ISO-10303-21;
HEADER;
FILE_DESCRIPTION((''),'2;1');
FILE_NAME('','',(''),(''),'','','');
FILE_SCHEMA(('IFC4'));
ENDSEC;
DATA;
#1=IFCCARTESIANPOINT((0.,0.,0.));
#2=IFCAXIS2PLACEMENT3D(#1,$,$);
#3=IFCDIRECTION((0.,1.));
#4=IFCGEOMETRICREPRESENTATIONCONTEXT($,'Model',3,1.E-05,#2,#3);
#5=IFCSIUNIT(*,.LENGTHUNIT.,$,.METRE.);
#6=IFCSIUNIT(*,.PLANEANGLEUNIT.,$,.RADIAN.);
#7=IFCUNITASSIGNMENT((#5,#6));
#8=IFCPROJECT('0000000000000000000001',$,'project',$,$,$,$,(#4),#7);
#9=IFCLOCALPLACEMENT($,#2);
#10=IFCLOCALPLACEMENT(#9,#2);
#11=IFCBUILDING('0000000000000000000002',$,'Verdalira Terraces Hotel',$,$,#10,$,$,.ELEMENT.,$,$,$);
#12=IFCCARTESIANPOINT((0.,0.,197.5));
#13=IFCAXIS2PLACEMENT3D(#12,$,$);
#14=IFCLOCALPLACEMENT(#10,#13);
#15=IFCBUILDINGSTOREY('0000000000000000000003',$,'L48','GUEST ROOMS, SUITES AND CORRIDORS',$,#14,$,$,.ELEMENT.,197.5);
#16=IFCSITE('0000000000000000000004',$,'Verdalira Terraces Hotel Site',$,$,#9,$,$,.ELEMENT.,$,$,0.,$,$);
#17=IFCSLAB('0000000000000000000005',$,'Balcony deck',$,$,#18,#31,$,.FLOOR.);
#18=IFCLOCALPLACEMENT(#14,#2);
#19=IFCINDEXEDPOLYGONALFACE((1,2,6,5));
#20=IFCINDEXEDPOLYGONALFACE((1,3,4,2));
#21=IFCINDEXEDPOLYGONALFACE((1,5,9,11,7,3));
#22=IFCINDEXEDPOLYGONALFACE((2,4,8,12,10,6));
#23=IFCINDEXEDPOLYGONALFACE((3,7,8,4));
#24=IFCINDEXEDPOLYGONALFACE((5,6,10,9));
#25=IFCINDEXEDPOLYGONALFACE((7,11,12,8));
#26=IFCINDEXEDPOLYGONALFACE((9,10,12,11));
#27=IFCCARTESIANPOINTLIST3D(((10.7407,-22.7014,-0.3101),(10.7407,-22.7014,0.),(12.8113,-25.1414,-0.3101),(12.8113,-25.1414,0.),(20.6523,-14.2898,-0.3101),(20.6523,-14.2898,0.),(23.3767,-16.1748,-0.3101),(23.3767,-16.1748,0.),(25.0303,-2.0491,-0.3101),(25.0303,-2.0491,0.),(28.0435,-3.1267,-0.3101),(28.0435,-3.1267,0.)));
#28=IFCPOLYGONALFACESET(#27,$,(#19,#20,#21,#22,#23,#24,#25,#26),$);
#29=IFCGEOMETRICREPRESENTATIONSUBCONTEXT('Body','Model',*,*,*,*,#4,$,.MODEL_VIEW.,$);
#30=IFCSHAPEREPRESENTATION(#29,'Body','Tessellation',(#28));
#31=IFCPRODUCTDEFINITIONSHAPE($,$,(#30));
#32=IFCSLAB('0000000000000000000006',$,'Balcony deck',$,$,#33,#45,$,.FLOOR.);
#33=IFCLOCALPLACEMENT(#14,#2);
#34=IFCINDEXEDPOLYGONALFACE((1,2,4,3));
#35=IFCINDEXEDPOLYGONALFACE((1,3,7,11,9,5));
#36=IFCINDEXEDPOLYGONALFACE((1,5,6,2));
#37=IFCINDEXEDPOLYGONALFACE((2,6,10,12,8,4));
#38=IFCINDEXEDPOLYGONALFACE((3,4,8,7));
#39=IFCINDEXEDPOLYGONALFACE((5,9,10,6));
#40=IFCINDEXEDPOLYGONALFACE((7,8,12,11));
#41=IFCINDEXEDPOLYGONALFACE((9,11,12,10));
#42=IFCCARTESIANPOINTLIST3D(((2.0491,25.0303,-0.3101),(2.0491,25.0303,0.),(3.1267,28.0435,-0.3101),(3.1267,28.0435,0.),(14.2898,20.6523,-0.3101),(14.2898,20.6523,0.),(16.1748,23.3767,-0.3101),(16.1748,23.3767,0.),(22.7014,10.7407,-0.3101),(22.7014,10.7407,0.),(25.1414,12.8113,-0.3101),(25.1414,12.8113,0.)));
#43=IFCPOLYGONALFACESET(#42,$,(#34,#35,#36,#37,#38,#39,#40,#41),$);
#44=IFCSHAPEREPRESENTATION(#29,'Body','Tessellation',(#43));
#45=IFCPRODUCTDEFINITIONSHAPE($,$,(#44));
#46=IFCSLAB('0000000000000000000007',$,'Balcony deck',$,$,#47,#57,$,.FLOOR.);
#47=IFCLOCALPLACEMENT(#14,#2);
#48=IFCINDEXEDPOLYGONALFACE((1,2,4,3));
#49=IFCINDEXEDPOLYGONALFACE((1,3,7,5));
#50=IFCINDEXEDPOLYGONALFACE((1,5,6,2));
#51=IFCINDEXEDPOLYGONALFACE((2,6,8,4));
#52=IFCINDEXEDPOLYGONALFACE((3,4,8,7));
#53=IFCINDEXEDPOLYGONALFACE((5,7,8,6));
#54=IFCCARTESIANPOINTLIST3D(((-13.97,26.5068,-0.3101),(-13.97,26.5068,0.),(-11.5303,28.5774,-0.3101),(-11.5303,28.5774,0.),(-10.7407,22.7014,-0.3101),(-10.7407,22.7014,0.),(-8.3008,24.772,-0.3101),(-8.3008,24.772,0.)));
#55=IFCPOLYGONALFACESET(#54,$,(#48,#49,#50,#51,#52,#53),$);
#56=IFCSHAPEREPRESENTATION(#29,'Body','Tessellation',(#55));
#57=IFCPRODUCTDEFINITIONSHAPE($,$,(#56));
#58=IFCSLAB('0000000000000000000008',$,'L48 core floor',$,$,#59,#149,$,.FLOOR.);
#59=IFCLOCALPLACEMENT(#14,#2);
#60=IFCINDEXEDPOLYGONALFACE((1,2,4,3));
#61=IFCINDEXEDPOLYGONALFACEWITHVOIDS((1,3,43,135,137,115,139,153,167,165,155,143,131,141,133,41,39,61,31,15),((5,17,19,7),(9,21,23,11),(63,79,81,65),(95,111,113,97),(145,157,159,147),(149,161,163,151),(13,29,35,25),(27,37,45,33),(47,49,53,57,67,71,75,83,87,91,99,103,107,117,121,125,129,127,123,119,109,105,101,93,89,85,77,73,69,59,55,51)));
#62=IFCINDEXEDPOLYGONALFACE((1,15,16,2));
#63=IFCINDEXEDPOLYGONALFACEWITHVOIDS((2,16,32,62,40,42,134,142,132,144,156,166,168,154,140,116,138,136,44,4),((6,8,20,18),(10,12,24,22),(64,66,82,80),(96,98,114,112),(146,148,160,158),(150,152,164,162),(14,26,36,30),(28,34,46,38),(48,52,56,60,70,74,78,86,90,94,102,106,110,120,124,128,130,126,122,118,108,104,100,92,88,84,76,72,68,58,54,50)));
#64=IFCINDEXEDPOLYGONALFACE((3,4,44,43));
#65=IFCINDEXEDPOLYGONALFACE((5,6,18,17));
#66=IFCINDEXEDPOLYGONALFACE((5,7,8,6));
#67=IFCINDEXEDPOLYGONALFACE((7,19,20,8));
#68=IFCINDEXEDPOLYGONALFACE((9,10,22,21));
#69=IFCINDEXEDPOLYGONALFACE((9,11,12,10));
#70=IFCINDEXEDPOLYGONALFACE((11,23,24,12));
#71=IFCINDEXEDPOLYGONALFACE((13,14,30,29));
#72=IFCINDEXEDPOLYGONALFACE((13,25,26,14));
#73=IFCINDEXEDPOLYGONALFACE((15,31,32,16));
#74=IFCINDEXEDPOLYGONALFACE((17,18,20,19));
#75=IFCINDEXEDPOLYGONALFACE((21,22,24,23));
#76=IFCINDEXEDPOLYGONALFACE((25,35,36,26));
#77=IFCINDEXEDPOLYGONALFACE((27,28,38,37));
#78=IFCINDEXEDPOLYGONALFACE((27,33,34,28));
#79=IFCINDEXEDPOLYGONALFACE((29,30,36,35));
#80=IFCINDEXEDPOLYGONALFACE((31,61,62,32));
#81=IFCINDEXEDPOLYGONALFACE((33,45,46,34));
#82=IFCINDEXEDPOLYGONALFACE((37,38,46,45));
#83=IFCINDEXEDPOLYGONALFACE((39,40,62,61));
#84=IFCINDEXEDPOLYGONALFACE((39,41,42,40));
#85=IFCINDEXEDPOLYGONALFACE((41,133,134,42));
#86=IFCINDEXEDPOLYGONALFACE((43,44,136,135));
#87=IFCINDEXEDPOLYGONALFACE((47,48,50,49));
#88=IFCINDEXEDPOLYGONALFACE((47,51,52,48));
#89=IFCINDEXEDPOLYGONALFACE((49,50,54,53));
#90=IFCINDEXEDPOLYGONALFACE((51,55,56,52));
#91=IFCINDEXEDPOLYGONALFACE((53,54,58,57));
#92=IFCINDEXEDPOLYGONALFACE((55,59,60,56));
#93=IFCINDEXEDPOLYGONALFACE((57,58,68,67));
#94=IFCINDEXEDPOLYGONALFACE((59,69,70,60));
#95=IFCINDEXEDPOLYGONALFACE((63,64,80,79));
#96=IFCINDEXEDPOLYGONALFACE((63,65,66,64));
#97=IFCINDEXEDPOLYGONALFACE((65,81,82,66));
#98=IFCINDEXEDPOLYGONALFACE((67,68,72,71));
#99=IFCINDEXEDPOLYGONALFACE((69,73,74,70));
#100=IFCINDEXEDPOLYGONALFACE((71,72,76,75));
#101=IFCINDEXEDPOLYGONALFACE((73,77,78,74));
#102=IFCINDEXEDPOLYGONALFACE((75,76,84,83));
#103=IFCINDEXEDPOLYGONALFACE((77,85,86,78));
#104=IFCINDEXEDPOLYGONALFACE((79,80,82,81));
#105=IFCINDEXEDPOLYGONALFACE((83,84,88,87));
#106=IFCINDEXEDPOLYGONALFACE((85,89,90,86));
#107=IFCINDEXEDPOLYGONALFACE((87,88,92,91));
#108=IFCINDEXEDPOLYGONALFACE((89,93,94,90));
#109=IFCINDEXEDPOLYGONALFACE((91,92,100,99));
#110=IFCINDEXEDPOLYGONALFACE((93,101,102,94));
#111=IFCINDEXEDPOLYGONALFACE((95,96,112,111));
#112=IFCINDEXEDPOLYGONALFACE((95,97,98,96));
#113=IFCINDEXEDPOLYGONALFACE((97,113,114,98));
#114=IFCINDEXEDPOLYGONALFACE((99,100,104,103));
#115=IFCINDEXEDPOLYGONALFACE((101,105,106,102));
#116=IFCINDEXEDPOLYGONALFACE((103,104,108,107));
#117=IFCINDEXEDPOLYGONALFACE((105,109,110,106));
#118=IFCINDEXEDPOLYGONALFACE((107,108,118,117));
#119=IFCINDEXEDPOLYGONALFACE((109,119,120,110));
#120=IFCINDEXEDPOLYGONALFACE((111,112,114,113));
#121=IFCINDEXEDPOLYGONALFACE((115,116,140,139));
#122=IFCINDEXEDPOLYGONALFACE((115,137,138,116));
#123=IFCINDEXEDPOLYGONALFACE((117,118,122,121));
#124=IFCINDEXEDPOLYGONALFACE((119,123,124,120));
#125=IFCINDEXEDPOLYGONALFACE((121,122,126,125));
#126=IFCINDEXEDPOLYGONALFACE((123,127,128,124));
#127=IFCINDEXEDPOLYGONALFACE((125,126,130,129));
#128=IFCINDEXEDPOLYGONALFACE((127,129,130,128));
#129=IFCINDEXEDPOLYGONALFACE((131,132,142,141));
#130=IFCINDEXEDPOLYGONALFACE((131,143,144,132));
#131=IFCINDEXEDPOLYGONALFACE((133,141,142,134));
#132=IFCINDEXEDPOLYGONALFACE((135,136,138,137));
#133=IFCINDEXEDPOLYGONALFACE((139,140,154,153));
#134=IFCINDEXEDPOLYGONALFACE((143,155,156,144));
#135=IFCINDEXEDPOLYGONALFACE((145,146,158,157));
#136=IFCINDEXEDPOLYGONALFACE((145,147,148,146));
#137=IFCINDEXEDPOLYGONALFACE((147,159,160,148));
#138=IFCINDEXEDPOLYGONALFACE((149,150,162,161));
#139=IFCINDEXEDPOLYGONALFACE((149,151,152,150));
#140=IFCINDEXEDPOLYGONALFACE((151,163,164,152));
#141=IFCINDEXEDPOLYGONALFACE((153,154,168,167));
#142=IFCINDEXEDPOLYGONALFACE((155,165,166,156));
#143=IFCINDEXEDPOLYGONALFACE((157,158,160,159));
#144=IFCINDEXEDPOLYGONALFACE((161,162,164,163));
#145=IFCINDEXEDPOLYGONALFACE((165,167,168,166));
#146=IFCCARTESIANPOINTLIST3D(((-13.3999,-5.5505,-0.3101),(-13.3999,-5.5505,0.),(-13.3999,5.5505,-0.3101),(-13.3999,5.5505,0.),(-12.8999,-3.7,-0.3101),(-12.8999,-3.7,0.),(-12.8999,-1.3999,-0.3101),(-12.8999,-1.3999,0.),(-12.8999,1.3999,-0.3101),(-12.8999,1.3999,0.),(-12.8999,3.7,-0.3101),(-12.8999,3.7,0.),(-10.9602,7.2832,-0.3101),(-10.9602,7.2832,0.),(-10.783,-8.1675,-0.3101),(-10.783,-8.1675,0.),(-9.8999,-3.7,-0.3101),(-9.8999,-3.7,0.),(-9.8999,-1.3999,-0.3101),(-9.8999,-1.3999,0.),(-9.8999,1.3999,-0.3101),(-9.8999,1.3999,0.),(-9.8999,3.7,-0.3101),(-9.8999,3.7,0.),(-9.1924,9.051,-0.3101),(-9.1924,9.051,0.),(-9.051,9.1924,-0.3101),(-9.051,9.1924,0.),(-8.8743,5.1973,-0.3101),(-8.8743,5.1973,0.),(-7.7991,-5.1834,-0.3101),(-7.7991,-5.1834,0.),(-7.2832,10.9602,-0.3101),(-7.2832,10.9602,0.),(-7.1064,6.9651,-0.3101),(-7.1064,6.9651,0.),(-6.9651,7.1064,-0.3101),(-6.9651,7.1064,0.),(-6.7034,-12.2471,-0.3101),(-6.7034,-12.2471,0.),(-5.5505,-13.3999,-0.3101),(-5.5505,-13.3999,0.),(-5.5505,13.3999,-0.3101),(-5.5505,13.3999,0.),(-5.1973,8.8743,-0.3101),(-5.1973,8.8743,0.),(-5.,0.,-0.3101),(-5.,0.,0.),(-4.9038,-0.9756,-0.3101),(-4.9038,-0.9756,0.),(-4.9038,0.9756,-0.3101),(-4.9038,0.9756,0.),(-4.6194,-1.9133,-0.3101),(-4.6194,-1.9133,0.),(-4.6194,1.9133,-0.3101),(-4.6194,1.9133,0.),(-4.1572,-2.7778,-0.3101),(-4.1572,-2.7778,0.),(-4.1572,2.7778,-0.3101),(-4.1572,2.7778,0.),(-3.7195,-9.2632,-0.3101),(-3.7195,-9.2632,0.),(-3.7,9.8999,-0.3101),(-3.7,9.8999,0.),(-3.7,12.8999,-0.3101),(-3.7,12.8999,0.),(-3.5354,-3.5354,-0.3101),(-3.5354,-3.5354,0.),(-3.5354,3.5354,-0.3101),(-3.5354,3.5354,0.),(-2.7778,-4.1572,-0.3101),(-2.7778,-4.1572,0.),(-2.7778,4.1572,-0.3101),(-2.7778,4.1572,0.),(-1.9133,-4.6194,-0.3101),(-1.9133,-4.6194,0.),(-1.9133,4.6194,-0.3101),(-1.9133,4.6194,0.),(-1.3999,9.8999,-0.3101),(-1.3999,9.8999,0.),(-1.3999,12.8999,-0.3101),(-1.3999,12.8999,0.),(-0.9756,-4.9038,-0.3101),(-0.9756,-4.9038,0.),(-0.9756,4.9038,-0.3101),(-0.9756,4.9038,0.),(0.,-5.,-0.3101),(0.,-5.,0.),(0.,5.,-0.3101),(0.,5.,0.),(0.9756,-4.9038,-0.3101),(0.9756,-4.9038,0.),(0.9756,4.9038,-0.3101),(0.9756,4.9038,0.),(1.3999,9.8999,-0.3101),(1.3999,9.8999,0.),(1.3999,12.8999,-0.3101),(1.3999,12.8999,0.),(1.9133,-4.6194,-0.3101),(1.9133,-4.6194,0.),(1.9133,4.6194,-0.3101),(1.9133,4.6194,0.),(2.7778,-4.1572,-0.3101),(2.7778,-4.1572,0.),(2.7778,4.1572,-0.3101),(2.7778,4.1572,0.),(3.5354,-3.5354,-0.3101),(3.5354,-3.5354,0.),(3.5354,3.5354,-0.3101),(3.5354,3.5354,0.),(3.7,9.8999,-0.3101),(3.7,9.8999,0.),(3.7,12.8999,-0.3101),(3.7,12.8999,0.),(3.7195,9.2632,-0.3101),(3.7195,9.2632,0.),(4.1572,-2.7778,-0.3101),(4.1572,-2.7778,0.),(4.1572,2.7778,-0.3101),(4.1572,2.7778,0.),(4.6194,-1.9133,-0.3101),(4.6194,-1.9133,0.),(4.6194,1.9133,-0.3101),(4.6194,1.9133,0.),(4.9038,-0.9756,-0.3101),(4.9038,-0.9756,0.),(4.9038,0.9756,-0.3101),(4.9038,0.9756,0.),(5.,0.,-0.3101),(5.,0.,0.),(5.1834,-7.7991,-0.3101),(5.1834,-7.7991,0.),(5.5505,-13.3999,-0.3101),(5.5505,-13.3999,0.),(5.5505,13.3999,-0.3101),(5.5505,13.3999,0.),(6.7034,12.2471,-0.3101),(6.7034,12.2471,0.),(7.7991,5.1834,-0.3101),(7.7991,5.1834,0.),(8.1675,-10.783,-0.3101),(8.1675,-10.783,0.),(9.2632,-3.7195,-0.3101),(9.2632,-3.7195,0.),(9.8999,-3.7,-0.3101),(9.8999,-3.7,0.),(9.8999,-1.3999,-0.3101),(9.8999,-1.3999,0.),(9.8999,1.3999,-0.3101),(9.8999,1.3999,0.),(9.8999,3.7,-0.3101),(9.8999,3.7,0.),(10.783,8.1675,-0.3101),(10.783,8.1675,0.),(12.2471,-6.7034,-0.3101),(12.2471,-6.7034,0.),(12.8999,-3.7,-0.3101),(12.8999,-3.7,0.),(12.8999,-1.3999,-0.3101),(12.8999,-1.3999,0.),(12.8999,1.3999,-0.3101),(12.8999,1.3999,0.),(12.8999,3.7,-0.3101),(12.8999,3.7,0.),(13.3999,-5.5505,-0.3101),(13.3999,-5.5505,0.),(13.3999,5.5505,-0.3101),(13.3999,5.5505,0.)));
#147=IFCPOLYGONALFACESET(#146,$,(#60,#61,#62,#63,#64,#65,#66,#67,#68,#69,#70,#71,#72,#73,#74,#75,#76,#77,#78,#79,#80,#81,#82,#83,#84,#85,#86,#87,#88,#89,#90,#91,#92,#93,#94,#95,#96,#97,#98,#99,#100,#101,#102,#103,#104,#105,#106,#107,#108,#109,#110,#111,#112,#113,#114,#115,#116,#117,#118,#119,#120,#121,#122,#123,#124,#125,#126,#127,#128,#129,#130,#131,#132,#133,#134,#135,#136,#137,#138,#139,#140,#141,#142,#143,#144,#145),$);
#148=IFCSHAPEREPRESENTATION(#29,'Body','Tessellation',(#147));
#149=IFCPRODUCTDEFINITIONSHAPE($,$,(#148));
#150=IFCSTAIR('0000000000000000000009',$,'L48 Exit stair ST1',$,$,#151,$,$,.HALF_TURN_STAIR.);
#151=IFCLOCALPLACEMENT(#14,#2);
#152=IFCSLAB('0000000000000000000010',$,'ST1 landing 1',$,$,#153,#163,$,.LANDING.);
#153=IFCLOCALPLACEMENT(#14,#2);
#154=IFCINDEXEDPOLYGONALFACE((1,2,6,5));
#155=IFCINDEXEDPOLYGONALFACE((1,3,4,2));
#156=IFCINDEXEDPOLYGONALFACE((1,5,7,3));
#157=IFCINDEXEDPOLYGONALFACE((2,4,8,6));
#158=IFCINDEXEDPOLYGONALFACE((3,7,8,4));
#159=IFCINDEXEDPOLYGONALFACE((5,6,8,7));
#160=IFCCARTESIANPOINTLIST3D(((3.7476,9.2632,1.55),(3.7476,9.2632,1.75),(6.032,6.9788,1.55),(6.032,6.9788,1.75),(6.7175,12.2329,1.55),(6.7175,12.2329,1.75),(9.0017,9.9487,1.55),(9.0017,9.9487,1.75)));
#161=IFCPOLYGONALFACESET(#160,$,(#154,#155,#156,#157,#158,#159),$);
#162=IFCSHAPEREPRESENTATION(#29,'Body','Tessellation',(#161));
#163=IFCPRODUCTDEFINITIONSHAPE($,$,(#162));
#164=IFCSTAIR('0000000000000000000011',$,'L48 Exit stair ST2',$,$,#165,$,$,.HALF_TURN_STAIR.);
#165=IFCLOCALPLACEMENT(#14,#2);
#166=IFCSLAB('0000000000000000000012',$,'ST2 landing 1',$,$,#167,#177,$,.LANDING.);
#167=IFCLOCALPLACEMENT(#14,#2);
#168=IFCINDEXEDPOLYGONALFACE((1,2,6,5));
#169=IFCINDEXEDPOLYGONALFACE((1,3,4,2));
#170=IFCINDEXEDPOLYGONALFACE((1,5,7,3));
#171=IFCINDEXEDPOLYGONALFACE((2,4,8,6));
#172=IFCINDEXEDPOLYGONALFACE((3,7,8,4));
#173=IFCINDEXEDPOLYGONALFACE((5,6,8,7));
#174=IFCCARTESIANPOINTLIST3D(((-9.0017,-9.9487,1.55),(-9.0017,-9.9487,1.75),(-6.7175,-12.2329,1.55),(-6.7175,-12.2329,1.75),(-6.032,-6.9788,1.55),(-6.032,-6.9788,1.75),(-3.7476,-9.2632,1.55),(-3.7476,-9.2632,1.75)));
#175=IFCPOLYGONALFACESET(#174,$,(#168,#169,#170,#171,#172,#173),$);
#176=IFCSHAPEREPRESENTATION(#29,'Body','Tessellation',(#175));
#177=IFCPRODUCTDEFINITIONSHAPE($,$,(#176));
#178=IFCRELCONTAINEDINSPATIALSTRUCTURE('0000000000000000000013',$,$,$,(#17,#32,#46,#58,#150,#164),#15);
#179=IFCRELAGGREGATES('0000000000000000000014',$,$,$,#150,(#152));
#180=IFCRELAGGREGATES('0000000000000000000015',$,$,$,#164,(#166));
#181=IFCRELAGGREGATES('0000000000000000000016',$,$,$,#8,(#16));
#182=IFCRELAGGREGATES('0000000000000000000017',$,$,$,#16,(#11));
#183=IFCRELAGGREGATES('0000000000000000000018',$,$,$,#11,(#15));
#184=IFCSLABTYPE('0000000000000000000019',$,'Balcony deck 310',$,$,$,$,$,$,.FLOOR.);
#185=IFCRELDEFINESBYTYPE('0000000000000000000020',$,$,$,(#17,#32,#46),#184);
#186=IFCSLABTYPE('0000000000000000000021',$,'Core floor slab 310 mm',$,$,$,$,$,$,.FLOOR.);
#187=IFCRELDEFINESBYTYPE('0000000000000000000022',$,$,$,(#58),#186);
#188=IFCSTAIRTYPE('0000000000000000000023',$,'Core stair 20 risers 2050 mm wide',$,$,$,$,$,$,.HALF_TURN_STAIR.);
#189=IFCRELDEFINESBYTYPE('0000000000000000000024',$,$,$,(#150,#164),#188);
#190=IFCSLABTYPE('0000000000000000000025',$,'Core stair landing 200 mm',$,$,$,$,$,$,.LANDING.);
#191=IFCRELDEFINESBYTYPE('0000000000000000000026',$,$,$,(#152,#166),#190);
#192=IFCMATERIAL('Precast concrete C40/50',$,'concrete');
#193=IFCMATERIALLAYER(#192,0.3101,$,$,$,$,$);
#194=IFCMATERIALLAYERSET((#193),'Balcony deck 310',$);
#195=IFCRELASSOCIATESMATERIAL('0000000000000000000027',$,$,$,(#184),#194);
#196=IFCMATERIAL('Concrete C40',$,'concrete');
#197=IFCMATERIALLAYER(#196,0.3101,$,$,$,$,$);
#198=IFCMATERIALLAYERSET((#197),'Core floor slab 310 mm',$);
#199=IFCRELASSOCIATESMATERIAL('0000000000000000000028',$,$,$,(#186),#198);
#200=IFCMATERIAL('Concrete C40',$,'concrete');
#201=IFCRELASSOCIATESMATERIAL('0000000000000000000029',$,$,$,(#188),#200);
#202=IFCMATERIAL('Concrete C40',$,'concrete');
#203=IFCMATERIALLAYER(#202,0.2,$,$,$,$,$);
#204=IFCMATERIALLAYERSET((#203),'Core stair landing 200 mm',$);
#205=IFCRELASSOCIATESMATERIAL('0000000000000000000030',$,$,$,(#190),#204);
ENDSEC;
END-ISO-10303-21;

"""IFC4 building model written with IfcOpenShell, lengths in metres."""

from ifc_helpers import new_model, si_unit, direction, frame, origin, place, context, subcontext, project, spatial, polyline, outline, extrude, material, layer, layer_set, type_object, element, aggregate, save


model = new_model("IFC4")

# Units and contexts
model_context = context("Model", 3, precision=1e-05, world=origin(), true_north=direction((0.0, 1.0)))
body_context = subcontext(model_context, "Body", "Model", "MODEL_VIEW")
ifc_project = project(units=[si_unit("LENGTHUNIT", "METRE"), si_unit("PLANEANGLEUNIT", "RADIAN")], contexts=[model_context])

# Site, building, storey
site_placement = place(None, origin())
site = spatial("IfcSite", under=ifc_project, at=site_placement, Name="Verdalira Terraces Hotel Site", CompositionType="ELEMENT", RefElevation=0.0)
building_placement = place(site_placement, origin())
building = spatial("IfcBuilding", under=site, at=building_placement, Name="Verdalira Terraces Hotel", CompositionType="ELEMENT")
storey_placement = place(building_placement, frame((0.0, 0.0, 197.5)))
storey = spatial("IfcBuildingStorey", under=building, at=storey_placement, Name="L48", Description="GUEST ROOMS, SUITES AND CORRIDORS", CompositionType="ELEMENT", Elevation=197.5)

# Slabs
ifc_material_1 = material(Name="Precast concrete C40/50", Category="concrete")
ifc_layer_1 = layer(ifc_material_1, 0.3101)
ifc_layer_set_1 = layer_set([ifc_layer_1], Name="Balcony deck 310")
slab_type_1 = type_object("IfcSlabType", Name="Balcony deck 310", PredefinedType="FLOOR", material=ifc_layer_set_1)
slab_1_placement = place(storey_placement, frame((0.0, 0.0, -0.3101)))
element("IfcSlab", 1, at=slab_1_placement, inside=storey, type_object=slab_type_1, Name="Balcony deck", PredefinedType="FLOOR", context=body_context, shape_type="SweptSolid", body=[
    extrude(outline(polyline([(28.0435, -3.1267), (25.0303, -2.0491), (20.6523, -14.2898), (10.7407, -22.7014), (12.8113, -25.1414), (23.3767, -16.1748), (28.0435, -3.1267)])), origin(), (0.0, 0.0, 1.0), 0.3101),
])
slab_2_placement = place(storey_placement, frame((0.0, 0.0, -0.3101)))
element("IfcSlab", 2, at=slab_2_placement, inside=storey, type_object=slab_type_1, Name="Balcony deck", PredefinedType="FLOOR", context=body_context, shape_type="SweptSolid", body=[
    extrude(outline(polyline([(3.1267, 28.0435), (2.0491, 25.0303), (14.2898, 20.6523), (22.7014, 10.7407), (25.1414, 12.8113), (16.1748, 23.3767), (3.1267, 28.0435)])), origin(), (0.0, 0.0, 1.0), 0.3101),
])
slab_3_placement = place(storey_placement, frame((0.0, 0.0, -0.3101)))
element("IfcSlab", 3, at=slab_3_placement, inside=storey, type_object=slab_type_1, Name="Balcony deck", PredefinedType="FLOOR", context=body_context, shape_type="SweptSolid", body=[
    extrude(outline(polyline([(-11.5303, 28.5774), (-13.97, 26.5068), (-10.7407, 22.7014), (-8.3008, 24.772), (-11.5303, 28.5774)])), origin(), (0.0, 0.0, 1.0), 0.3101),
])
ifc_material_2 = material(Name="Concrete C40", Category="concrete")
ifc_layer_2 = layer(ifc_material_2, 0.3101)
ifc_layer_set_2 = layer_set([ifc_layer_2], Name="Core floor slab 310 mm")
slab_type_2 = type_object("IfcSlabType", Name="Core floor slab 310 mm", PredefinedType="FLOOR", material=ifc_layer_set_2)
slab_4_placement = place(storey_placement, frame((0.0, 0.0, -0.3101)))
element("IfcSlab", 4, at=slab_4_placement, inside=storey, type_object=slab_type_2, Name="L48 core floor", PredefinedType="FLOOR", context=body_context, shape_type="SweptSolid", body=[
    extrude(outline(polyline([(-6.7034, -12.2471), (-3.7195, -9.2632), (-7.7991, -5.1833), (-10.783, -8.1675), (-13.3999, -5.5505), (-13.3999, 5.5505), (-5.5505, 13.3999), (5.5505, 13.3999), (6.7034, 12.2471), (3.7195, 9.2632), (7.7991, 5.1833), (10.783, 8.1675), (13.3999, 5.5505), (13.3999, -5.5505), (12.2471, -6.7034), (9.2632, -3.7195), (5.1833, -7.7991), (8.1675, -10.783), (5.5505, -13.3999), (-5.5505, -13.3999), (-6.7034, -12.2471)]), holes=[polyline([(9.8999, -1.3999), (9.8999, -3.7), (12.8999, -3.7), (12.8999, -1.3999), (9.8999, -1.3999)]), polyline([(9.8999, 3.7), (9.8999, 1.3999), (12.8999, 1.3999), (12.8999, 3.7), (9.8999, 3.7)]), polyline([(3.7, 12.8999), (1.3999, 12.8999), (1.3999, 9.8999), (3.7, 9.8999), (3.7, 12.8999)]), polyline([(-1.3999, 12.8999), (-3.7, 12.8999), (-3.7, 9.8999), (-1.3999, 9.8999), (-1.3999, 12.8999)]), polyline([(-9.8999, 1.3999), (-9.8999, 3.7), (-12.8999, 3.7), (-12.8999, 1.3999), (-9.8999, 1.3999)]), polyline([(-9.8999, -3.7), (-9.8999, -1.3999), (-12.8999, -1.3999), (-12.8999, -3.7), (-9.8999, -3.7)]), polyline([(-9.051, 9.1924), (-6.9651, 7.1064), (-5.1973, 8.8743), (-7.2832, 10.9602), (-9.051, 9.1924)]), polyline([(-9.1924, 9.051), (-10.9602, 7.2832), (-8.8743, 5.1973), (-7.1064, 6.9651), (-9.1924, 9.051)]), polyline([(3.5354, 3.5354), (2.7778, 4.1572), (1.9133, 4.6194), (0.9756, 4.9038), (0.0, 5.0), (-0.9756, 4.9038), (-1.9133, 4.6194), (-2.7778, 4.1572), (-3.5354, 3.5354), (-4.1572, 2.7778), (-4.6194, 1.9133), (-4.9038, 0.9756), (-5.0, 0.0), (-4.9038, -0.9756), (-4.6194, -1.9133), (-4.1572, -2.7778), (-3.5354, -3.5354), (-2.7778, -4.1572), (-1.9133, -4.6194), (-0.9756, -4.9038), (0.0, -5.0), (0.9756, -4.9038), (1.9133, -4.6194), (2.7778, -4.1572), (3.5354, -3.5354), (4.1572, -2.7778), (4.6194, -1.9133), (4.9038, -0.9756), (5.0, 0.0), (4.9038, 0.9756), (4.6194, 1.9133), (4.1572, 2.7778), (3.5354, 3.5354)])]), origin(), (0.0, 0.0, 1.0), 0.3101),
])

# Stairs, slabs
ifc_material_3 = material(Name="Concrete C40", Category="concrete")
stair_type = type_object("IfcStairType", Name="Core stair 20 risers 2050 mm wide", PredefinedType="HALF_TURN_STAIR", material=ifc_material_3)
stair_1_placement = place(storey_placement, origin())
stair_1 = element("IfcStair", 5, at=stair_1_placement, inside=storey, type_object=stair_type, Name="L48 Exit stair ST1", PredefinedType="HALF_TURN_STAIR")
ifc_material_4 = material(Name="Concrete C40", Category="concrete")
ifc_layer_3 = layer(ifc_material_4, 0.2)
ifc_layer_set_3 = layer_set([ifc_layer_3], Name="Core stair landing 200 mm")
slab_type_3 = type_object("IfcSlabType", Name="Core stair landing 200 mm", PredefinedType="LANDING", material=ifc_layer_set_3)
slab_5_placement = place(storey_placement, frame((0.0, 0.0, 1.55)))
slab_5 = element("IfcSlab", 6, at=slab_5_placement, type_object=slab_type_3, Name="ST1 landing 1", PredefinedType="LANDING", context=body_context, shape_type="SweptSolid", body=[
    extrude(outline(polyline([(9.0017, 9.9487), (6.7175, 12.2329), (3.7476, 9.2632), (6.032, 6.9788), (9.0017, 9.9487)])), origin(), (0.0, 0.0, 1.0), 0.2),
])
aggregate(stair_1, [slab_5])
stair_2_placement = place(storey_placement, origin())
stair_2 = element("IfcStair", 7, at=stair_2_placement, inside=storey, type_object=stair_type, Name="L48 Exit stair ST2", PredefinedType="HALF_TURN_STAIR")
slab_6_placement = place(storey_placement, frame((0.0, 0.0, 1.55)))
slab_6 = element("IfcSlab", 8, at=slab_6_placement, type_object=slab_type_3, Name="ST2 landing 1", PredefinedType="LANDING", context=body_context, shape_type="SweptSolid", body=[
    extrude(outline(polyline([(-9.0017, -9.9487), (-6.7175, -12.2329), (-3.7476, -9.2632), (-6.032, -6.9788), (-9.0017, -9.9487)])), origin(), (0.0, 0.0, 1.0), 0.2),
])
aggregate(stair_2, [slab_6])

save(model, "model.ifc")
